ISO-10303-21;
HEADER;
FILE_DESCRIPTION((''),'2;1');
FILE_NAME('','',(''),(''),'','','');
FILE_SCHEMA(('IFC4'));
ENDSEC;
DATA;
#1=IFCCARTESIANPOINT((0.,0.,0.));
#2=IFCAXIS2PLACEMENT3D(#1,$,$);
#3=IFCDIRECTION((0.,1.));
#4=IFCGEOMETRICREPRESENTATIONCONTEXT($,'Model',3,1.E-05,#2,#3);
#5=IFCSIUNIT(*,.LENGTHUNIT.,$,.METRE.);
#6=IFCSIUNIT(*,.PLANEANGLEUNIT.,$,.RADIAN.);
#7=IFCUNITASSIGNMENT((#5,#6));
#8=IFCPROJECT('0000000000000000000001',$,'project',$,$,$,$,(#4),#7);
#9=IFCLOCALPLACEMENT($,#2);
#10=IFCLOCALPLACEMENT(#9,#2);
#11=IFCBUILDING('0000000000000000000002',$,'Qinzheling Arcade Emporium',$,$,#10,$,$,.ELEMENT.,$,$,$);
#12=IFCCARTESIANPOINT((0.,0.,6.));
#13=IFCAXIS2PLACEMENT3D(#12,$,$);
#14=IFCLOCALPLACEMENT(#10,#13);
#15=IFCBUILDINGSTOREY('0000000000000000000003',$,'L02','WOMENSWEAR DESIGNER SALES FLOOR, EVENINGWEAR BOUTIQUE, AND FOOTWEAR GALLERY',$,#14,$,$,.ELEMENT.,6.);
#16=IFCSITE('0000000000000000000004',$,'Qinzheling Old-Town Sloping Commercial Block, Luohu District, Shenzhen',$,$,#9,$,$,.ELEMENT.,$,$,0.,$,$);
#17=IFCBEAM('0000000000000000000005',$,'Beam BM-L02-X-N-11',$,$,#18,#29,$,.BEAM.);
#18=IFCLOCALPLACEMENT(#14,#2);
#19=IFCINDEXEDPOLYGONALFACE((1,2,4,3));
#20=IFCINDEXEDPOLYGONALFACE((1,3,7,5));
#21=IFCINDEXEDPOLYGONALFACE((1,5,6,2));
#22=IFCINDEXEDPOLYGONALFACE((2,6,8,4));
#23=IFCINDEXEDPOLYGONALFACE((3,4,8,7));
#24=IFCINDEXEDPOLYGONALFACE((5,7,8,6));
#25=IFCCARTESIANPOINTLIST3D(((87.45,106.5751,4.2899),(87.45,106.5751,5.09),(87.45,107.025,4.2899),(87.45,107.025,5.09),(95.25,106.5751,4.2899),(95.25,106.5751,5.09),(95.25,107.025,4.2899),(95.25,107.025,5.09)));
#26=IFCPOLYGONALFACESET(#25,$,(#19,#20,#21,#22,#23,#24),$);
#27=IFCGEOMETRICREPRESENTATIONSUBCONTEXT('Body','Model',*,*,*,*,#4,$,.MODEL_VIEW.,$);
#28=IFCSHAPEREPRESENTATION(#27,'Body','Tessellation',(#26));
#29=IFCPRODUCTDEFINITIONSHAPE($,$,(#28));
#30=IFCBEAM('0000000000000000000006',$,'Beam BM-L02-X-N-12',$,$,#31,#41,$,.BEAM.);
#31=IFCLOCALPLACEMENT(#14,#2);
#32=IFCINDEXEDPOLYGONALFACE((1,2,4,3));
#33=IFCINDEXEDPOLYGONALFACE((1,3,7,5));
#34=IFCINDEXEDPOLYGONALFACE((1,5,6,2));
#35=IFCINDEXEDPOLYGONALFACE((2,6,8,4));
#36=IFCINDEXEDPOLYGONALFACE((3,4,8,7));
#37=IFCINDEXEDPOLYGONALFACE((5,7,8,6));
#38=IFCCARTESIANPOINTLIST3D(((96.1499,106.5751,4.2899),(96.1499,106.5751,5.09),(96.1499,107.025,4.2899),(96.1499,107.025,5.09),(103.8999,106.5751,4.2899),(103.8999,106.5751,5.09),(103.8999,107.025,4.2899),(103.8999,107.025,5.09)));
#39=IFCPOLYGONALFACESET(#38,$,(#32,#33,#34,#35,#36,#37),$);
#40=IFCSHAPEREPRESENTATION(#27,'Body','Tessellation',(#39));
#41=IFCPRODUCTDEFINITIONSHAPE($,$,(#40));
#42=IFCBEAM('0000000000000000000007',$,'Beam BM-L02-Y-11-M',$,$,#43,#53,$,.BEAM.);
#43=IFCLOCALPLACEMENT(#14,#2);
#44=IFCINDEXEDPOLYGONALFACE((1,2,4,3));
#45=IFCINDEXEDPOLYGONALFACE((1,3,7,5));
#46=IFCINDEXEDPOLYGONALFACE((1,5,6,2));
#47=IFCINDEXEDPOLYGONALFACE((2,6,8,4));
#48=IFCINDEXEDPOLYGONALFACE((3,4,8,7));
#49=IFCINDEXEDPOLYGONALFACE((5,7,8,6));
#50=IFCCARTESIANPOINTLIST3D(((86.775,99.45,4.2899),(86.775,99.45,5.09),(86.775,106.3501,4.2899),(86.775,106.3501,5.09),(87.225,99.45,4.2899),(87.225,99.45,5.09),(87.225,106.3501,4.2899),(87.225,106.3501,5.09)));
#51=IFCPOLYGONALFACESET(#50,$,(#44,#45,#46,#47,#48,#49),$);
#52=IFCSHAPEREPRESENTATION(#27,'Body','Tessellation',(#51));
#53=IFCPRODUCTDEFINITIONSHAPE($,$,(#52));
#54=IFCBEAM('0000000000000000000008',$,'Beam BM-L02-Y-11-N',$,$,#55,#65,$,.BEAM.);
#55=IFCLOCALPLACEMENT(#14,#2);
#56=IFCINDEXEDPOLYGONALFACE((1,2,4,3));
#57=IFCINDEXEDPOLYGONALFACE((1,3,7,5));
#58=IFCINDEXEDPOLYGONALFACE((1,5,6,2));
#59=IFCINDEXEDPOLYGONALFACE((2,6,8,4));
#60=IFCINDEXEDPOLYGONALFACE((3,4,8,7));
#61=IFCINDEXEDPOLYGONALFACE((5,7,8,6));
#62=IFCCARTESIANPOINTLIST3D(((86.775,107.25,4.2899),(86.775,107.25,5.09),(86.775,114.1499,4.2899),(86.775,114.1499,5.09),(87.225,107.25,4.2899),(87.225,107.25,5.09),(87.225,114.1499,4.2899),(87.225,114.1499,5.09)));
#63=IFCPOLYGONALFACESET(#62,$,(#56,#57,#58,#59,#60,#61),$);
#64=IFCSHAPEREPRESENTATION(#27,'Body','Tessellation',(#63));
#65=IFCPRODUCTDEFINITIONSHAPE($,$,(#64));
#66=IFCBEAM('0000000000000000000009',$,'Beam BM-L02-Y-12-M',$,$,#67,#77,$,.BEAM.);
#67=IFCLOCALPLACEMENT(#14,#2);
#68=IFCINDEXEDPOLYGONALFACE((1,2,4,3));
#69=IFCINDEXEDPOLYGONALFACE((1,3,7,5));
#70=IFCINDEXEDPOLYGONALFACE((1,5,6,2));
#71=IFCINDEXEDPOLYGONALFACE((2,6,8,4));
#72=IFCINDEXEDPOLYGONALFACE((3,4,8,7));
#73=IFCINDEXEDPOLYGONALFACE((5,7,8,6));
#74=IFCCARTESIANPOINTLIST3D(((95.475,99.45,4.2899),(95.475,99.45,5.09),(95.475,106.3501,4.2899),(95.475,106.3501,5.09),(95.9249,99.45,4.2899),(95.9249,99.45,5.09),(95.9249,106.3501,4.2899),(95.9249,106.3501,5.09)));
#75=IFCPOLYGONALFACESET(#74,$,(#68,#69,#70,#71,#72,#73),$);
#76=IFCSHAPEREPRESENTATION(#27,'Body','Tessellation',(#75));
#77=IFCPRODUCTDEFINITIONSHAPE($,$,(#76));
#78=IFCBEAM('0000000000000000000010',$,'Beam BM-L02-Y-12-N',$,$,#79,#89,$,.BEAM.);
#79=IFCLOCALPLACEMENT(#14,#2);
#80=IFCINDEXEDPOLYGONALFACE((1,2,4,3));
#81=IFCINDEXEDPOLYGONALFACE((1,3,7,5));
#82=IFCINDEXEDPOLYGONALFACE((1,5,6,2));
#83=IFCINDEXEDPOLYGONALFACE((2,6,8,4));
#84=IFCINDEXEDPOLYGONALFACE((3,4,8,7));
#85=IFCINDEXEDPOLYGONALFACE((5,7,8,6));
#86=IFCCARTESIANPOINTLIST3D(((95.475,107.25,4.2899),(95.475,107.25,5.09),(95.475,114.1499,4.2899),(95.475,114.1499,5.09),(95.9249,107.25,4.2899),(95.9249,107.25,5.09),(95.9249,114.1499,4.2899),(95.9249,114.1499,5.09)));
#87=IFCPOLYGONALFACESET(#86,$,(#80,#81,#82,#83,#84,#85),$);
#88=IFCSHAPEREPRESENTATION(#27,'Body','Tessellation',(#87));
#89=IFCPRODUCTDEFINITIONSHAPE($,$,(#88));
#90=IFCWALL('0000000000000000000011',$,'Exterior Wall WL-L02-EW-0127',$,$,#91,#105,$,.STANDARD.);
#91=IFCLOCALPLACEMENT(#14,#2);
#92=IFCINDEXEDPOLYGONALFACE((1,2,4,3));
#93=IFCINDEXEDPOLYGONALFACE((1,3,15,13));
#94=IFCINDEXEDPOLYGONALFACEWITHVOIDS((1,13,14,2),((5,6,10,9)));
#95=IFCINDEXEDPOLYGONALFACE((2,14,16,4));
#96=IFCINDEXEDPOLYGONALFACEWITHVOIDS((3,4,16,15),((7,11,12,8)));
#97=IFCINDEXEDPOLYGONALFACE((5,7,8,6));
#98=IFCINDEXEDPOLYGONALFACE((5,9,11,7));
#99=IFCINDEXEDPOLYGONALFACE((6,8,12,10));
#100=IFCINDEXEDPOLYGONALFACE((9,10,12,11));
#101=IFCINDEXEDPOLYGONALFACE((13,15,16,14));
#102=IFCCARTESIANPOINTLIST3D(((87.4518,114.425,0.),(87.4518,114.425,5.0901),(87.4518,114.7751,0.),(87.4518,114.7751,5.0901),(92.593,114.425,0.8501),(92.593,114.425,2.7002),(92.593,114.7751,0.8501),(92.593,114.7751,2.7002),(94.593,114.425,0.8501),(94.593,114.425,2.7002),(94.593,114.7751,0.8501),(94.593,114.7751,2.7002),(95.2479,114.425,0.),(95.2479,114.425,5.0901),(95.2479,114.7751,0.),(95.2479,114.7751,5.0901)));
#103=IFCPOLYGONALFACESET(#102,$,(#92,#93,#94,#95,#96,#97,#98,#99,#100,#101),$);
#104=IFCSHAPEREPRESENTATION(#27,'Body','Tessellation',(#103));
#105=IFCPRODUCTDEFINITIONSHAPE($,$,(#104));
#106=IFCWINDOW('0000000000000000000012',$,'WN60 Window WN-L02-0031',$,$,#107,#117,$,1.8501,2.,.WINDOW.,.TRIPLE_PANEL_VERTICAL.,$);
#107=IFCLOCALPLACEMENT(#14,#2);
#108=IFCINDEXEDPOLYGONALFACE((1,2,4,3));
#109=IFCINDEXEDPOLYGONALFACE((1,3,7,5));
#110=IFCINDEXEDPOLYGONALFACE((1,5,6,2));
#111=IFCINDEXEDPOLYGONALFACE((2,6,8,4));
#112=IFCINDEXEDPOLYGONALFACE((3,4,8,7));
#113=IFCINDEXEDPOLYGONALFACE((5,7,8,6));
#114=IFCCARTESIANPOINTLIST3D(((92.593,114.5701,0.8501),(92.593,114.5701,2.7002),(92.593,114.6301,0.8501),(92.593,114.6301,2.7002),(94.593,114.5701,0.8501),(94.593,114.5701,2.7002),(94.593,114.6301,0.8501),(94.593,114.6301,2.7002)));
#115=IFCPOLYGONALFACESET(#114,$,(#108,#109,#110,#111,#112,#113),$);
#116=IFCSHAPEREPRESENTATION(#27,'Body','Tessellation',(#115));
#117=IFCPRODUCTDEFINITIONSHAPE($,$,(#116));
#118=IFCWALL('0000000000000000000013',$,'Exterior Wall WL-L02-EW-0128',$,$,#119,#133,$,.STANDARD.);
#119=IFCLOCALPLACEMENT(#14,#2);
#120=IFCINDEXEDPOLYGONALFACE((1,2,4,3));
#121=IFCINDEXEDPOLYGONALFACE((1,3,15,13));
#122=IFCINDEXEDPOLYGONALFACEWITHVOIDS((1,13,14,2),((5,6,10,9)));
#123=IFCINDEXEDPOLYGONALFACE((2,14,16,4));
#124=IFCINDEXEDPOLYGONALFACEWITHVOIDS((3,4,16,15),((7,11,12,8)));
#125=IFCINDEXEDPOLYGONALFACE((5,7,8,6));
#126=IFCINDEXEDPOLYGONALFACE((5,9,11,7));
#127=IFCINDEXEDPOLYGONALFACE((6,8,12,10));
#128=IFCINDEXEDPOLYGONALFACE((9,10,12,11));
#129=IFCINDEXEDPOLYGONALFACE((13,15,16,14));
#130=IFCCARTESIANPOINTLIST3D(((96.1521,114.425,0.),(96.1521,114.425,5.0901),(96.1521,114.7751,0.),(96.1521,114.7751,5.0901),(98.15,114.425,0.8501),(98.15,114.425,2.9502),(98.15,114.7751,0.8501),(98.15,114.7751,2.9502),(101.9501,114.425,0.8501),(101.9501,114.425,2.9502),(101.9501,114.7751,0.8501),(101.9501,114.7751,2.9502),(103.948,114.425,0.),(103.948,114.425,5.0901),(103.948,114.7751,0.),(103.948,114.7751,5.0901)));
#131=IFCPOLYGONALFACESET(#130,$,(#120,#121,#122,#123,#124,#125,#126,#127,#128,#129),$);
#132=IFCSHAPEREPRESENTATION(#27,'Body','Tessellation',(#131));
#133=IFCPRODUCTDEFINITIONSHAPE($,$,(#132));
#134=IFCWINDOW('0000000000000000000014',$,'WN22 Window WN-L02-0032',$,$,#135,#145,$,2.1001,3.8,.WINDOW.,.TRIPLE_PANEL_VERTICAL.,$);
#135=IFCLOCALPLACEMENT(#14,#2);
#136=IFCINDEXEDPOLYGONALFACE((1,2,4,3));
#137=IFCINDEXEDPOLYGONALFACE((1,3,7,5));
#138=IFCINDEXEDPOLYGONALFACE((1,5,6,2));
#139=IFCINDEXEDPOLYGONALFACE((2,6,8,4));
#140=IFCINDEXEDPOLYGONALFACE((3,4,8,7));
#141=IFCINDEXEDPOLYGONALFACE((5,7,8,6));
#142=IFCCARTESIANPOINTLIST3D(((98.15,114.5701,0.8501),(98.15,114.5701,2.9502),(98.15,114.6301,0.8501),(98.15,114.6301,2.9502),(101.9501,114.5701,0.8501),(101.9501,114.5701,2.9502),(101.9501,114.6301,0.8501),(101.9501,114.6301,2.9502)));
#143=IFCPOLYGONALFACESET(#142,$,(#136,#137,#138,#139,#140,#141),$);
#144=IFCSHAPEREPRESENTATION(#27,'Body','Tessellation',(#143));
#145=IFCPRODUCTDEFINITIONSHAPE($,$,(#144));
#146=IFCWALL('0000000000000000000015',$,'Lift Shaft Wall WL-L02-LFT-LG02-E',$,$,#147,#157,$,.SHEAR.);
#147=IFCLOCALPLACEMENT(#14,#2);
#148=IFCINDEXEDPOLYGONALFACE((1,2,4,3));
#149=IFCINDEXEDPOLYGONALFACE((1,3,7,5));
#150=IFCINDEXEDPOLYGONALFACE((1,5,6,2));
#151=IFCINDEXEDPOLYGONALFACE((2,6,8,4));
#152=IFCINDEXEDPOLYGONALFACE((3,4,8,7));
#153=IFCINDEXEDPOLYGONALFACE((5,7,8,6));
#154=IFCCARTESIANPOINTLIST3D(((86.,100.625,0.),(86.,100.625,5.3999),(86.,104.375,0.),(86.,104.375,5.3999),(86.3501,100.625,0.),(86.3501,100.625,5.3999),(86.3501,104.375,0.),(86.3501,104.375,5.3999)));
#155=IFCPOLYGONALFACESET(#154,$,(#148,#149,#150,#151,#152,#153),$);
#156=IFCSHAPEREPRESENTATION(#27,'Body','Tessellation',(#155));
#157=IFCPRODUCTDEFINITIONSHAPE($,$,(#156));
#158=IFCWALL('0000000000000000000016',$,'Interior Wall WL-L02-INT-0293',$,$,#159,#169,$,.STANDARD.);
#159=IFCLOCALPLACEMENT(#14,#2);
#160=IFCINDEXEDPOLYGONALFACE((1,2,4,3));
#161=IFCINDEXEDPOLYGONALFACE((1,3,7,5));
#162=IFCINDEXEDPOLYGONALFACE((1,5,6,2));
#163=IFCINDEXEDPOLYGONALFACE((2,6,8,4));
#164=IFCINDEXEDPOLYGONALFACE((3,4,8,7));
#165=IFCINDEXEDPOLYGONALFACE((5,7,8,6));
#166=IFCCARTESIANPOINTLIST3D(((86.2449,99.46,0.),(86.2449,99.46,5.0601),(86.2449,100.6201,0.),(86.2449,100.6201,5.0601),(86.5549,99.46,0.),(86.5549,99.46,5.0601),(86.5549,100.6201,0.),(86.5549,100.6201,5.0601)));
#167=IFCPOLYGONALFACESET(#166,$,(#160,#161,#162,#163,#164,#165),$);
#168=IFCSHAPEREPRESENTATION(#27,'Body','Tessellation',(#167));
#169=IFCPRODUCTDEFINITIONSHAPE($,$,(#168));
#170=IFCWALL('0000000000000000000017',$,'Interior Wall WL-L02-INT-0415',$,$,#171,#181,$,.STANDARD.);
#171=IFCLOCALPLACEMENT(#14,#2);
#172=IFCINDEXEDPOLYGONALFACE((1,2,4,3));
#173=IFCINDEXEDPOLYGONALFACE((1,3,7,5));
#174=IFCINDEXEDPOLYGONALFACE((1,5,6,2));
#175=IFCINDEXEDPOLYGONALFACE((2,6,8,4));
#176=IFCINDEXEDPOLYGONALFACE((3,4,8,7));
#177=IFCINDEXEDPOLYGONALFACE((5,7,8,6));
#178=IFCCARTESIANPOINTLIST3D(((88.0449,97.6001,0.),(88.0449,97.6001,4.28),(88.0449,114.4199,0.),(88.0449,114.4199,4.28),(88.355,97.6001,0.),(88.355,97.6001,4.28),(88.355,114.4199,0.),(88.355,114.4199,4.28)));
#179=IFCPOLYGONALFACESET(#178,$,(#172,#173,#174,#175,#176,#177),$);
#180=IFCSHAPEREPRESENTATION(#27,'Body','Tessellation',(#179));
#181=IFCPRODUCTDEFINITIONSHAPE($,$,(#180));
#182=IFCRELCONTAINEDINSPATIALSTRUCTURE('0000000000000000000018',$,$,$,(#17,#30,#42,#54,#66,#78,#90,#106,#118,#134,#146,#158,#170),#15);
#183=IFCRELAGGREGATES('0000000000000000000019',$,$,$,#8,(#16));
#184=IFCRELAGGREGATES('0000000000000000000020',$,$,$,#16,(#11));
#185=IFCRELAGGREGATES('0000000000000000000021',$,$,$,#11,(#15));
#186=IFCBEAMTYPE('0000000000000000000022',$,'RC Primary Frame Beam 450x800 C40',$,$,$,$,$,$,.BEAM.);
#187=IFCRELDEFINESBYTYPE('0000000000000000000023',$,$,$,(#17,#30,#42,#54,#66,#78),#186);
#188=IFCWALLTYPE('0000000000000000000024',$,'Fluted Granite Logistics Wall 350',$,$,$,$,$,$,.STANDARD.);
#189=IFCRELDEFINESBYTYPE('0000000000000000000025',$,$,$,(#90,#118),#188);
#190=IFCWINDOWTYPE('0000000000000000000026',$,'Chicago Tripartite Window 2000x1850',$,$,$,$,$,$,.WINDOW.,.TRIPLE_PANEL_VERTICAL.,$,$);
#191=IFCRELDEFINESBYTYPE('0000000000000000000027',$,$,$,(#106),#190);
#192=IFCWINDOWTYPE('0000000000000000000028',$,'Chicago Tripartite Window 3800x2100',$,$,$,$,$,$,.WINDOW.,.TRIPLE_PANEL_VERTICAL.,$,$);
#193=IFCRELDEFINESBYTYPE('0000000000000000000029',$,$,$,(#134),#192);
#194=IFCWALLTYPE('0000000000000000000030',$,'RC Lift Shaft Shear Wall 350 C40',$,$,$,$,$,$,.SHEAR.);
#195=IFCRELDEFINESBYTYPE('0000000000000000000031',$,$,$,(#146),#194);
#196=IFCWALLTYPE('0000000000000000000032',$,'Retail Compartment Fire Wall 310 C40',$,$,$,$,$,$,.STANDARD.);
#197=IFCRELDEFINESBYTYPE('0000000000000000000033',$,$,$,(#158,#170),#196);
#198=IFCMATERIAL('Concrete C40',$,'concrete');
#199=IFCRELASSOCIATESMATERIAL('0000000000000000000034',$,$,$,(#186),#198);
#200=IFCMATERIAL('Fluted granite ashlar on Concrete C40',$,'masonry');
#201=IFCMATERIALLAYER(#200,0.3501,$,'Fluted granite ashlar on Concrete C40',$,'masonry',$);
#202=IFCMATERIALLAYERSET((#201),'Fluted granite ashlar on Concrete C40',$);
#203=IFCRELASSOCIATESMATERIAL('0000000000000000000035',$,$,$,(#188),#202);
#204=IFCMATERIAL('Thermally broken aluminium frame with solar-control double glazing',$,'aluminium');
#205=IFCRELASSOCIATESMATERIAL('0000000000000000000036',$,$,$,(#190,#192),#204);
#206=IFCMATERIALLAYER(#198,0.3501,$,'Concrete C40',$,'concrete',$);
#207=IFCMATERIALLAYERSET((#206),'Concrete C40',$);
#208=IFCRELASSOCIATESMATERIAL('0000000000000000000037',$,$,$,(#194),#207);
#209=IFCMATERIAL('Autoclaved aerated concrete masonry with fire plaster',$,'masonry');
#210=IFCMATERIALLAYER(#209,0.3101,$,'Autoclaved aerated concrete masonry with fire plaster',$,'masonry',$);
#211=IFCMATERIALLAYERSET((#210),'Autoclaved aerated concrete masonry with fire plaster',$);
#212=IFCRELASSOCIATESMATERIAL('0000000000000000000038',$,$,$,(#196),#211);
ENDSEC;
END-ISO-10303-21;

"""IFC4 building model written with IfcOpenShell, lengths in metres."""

from ifc_helpers import new_model, si_unit, direction, frame, frame_2d, origin, origin_2d, place, context, subcontext, project, spatial, rectangle, extrude, material, layer, layer_set, material_profile, profile_set, type_object, element, fill, save


model = new_model("IFC4")

# Units and contexts
model_context = context("Model", 3, precision=1e-05, world=origin(), true_north=direction((0.0, 1.0)))
body_context = subcontext(model_context, "Body", "Model", "MODEL_VIEW")
ifc_project = project(units=[si_unit("LENGTHUNIT", "METRE"), si_unit("PLANEANGLEUNIT", "RADIAN")], contexts=[model_context])

# Site, building, storey
site_placement = place(None, origin())
site = spatial("IfcSite", under=ifc_project, at=site_placement, Name="Qinzheling Old-Town Sloping Commercial Block, Luohu District, Shenzhen", CompositionType="ELEMENT", RefElevation=0.0)
building_placement = place(site_placement, origin())
building = spatial("IfcBuilding", under=site, at=building_placement, Name="Qinzheling Arcade Emporium", CompositionType="ELEMENT")
storey_placement = place(building_placement, frame((0.0, 0.0, 6.0)))
storey = spatial("IfcBuildingStorey", under=building, at=storey_placement, Name="L02", Description="WOMENSWEAR DESIGNER SALES FLOOR, EVENINGWEAR BOUTIQUE, AND FOOTWEAR GALLERY", CompositionType="ELEMENT", Elevation=6.0)

# Beams
ifc_material_1 = material(Name="Concrete C40", Category="concrete")
ifc_material_profile_1 = material_profile(ifc_material_1, rectangle(XDim=0.45, YDim=0.8, at=origin_2d()), Name="RC 450x800", Category="concrete")
ifc_profile_set_1 = profile_set([ifc_material_profile_1], Name="Concrete C40")
beam_type_1 = type_object("IfcBeamType", Name="RC Primary Frame Beam 450x800 C40", PredefinedType="BEAM", material=ifc_profile_set_1)
beam_1_placement = place(storey_placement, frame((87.45, 106.8, 4.6899), z_axis=(1.0, 0.0, 0.0), x_axis=(0.0, 1.0, 0.0)))
element("IfcBeam", 1, at=beam_1_placement, inside=storey, type_object=beam_type_1, Name="Beam BM-L02-X-N-11", PredefinedType="BEAM", context=body_context, shape_type="SweptSolid", body=[
    extrude(rectangle(XDim=0.45, YDim=0.8, at=origin_2d()), origin(), (0.0, 0.0, 1.0), 7.8),
])
beam_2_placement = place(storey_placement, frame((96.1499, 106.8, 4.6899), z_axis=(1.0, 0.0, 0.0), x_axis=(0.0, 1.0, 0.0)))
element("IfcBeam", 2, at=beam_2_placement, inside=storey, type_object=beam_type_1, Name="Beam BM-L02-X-N-12", PredefinedType="BEAM", context=body_context, shape_type="SweptSolid", body=[
    extrude(rectangle(XDim=0.45, YDim=0.8, at=origin_2d()), origin(), (0.0, 0.0, 1.0), 7.75),
])
beam_3_placement = place(storey_placement, frame((87.0, 99.45, 4.6899), z_axis=(0.0, 1.0, 0.0), x_axis=(-1.0, 0.0, 0.0)))
element("IfcBeam", 3, at=beam_3_placement, inside=storey, type_object=beam_type_1, Name="Beam BM-L02-Y-11-M", PredefinedType="BEAM", context=body_context, shape_type="SweptSolid", body=[
    extrude(rectangle(XDim=0.45, YDim=0.8, at=origin_2d()), origin(), (0.0, 0.0, 1.0), 6.9001),
])
beam_4_placement = place(storey_placement, frame((87.0, 107.25, 4.6899), z_axis=(0.0, 1.0, 0.0), x_axis=(-1.0, 0.0, 0.0)))
element("IfcBeam", 4, at=beam_4_placement, inside=storey, type_object=beam_type_1, Name="Beam BM-L02-Y-11-N", PredefinedType="BEAM", context=body_context, shape_type="SweptSolid", body=[
    extrude(rectangle(XDim=0.45, YDim=0.8, at=origin_2d()), origin(), (0.0, 0.0, 1.0), 6.8999),
])
beam_5_placement = place(storey_placement, frame((95.7, 99.45, 4.6899), z_axis=(0.0, 1.0, 0.0), x_axis=(-1.0, 0.0, 0.0)))
element("IfcBeam", 5, at=beam_5_placement, inside=storey, type_object=beam_type_1, Name="Beam BM-L02-Y-12-M", PredefinedType="BEAM", context=body_context, shape_type="SweptSolid", body=[
    extrude(rectangle(XDim=0.45, YDim=0.8, at=origin_2d()), origin(), (0.0, 0.0, 1.0), 6.9001),
])
beam_6_placement = place(storey_placement, frame((95.7, 107.25, 4.6899), z_axis=(0.0, 1.0, 0.0), x_axis=(-1.0, 0.0, 0.0)))
element("IfcBeam", 6, at=beam_6_placement, inside=storey, type_object=beam_type_1, Name="Beam BM-L02-Y-12-N", PredefinedType="BEAM", context=body_context, shape_type="SweptSolid", body=[
    extrude(rectangle(XDim=0.45, YDim=0.8, at=origin_2d()), origin(), (0.0, 0.0, 1.0), 6.8999),
])

# Walls, openings, windows
ifc_material_2 = material(Name="Fluted granite ashlar on Concrete C40", Category="masonry")
ifc_layer_1 = layer(ifc_material_2, 0.3501, Name="Fluted granite ashlar on Concrete C40", Category="masonry")
ifc_layer_set_1 = layer_set([ifc_layer_1], Name="Fluted granite ashlar on Concrete C40")
wall_type_1 = type_object("IfcWallType", Name="Fluted Granite Logistics Wall 350", PredefinedType="STANDARD", material=ifc_layer_set_1)
wall_1_placement = place(storey_placement, frame((87.4519, 114.6001, 0.0), z_axis=(0.0, 0.0, 1.0), x_axis=(1.0, 0.0, 0.0)))
wall_1 = element("IfcWall", 7, at=wall_1_placement, inside=storey, type_object=wall_type_1, Name="Exterior Wall WL-L02-EW-0127", PredefinedType="STANDARD", context=body_context, shape_type="SweptSolid", body=[
    extrude(rectangle(XDim=7.7961, YDim=0.3501, at=frame_2d((3.8979, 0.0))), origin(), (0.0, 0.0, 1.0), 5.0901),
])
opening_1_placement = place(wall_1_placement, frame((5.1411, 0.0, 0.8501)))
opening_1 = element("IfcOpeningElement", 8, at=opening_1_placement, cuts=wall_1, PredefinedType="OPENING", context=body_context, shape_type="SweptSolid", body=[
    extrude(rectangle(XDim=2.0, YDim=1.8501, at=frame_2d((1.0, 0.925))), frame((0.0, 0.1851, 0.0), z_axis=(0.0, -1.0, 0.0), x_axis=(1.0, 0.0, 0.0)), (0.0, 0.0, 1.0), 0.3701),
])
ifc_material_3 = material(Name="Thermally broken aluminium frame with solar-control double glazing", Category="aluminium")
window_type_1 = type_object("IfcWindowType", Name="Chicago Tripartite Window 2000x1850", PartitioningType="TRIPLE_PANEL_VERTICAL", PredefinedType="WINDOW", material=ifc_material_3)
window_1_placement = place(opening_1_placement, origin())
window_1 = element("IfcWindow", 9, at=window_1_placement, inside=storey, type_object=window_type_1, Name="WN60 Window WN-L02-0031", OverallHeight=1.8501, OverallWidth=2.0, PartitioningType="TRIPLE_PANEL_VERTICAL", PredefinedType="WINDOW", context=body_context, shape_type="SweptSolid", body=[
    extrude(rectangle(XDim=2.0, YDim=1.8501, at=frame_2d((1.0, 0.925))), frame((0.0, 0.03, 0.0), z_axis=(0.0, -1.0, 0.0), x_axis=(1.0, 0.0, 0.0)), (0.0, 0.0, 1.0), 0.0601),
])
fill(opening_1, window_1)
wall_2_placement = place(storey_placement, frame((96.1521, 114.6001, 0.0), z_axis=(0.0, 0.0, 1.0), x_axis=(1.0, 0.0, 0.0)))
wall_2 = element("IfcWall", 10, at=wall_2_placement, inside=storey, type_object=wall_type_1, Name="Exterior Wall WL-L02-EW-0128", PredefinedType="STANDARD", context=body_context, shape_type="SweptSolid", body=[
    extrude(rectangle(XDim=7.7959, YDim=0.3501, at=frame_2d((3.8979, 0.0))), origin(), (0.0, 0.0, 1.0), 5.0901),
])
opening_2_placement = place(wall_2_placement, frame((1.998, 0.0, 0.8501)))
opening_2 = element("IfcOpeningElement", 11, at=opening_2_placement, cuts=wall_2, PredefinedType="OPENING", context=body_context, shape_type="SweptSolid", body=[
    extrude(rectangle(XDim=3.8, YDim=2.1001, at=frame_2d((1.8999, 1.05))), frame((0.0, 0.1851, 0.0), z_axis=(0.0, -1.0, 0.0), x_axis=(1.0, 0.0, 0.0)), (0.0, 0.0, 1.0), 0.3701),
])
window_type_2 = type_object("IfcWindowType", Name="Chicago Tripartite Window 3800x2100", PartitioningType="TRIPLE_PANEL_VERTICAL", PredefinedType="WINDOW", material=ifc_material_3)
window_2_placement = place(opening_2_placement, origin())
window_2 = element("IfcWindow", 12, at=window_2_placement, inside=storey, type_object=window_type_2, Name="WN22 Window WN-L02-0032", OverallHeight=2.1001, OverallWidth=3.8, PartitioningType="TRIPLE_PANEL_VERTICAL", PredefinedType="WINDOW", context=body_context, shape_type="SweptSolid", body=[
    extrude(rectangle(XDim=3.8, YDim=2.1001, at=frame_2d((1.8999, 1.05))), frame((0.0, 0.03, 0.0), z_axis=(0.0, -1.0, 0.0), x_axis=(1.0, 0.0, 0.0)), (0.0, 0.0, 1.0), 0.0601),
])
fill(opening_2, window_2)

# Walls
ifc_layer_2 = layer(ifc_material_1, 0.3501, Name="Concrete C40", Category="concrete")
ifc_layer_set_2 = layer_set([ifc_layer_2], Name="Concrete C40")
wall_type_2 = type_object("IfcWallType", Name="RC Lift Shaft Shear Wall 350 C40", PredefinedType="SHEAR", material=ifc_layer_set_2)
wall_3_placement = place(storey_placement, frame((86.175, 104.375, 0.0), z_axis=(0.0, 0.0, 1.0), x_axis=(0.0, -1.0, 0.0)))
element("IfcWall", 13, at=wall_3_placement, inside=storey, type_object=wall_type_2, Name="Lift Shaft Wall WL-L02-LFT-LG02-E", PredefinedType="SHEAR", context=body_context, shape_type="SweptSolid", body=[
    extrude(rectangle(XDim=3.75, YDim=0.3501, at=frame_2d((1.875, 0.0))), origin(), (0.0, 0.0, 1.0), 5.3999),
])
ifc_material_4 = material(Name="Autoclaved aerated concrete masonry with fire plaster", Category="masonry")
ifc_layer_3 = layer(ifc_material_4, 0.3101, Name="Autoclaved aerated concrete masonry with fire plaster", Category="masonry")
ifc_layer_set_3 = layer_set([ifc_layer_3], Name="Autoclaved aerated concrete masonry with fire plaster")
wall_type_3 = type_object("IfcWallType", Name="Retail Compartment Fire Wall 310 C40", PredefinedType="STANDARD", material=ifc_layer_set_3)
wall_4_placement = place(storey_placement, frame((86.3999, 100.6201, 0.0), z_axis=(0.0, 0.0, 1.0), x_axis=(0.0, -1.0, 0.0)))
element("IfcWall", 14, at=wall_4_placement, inside=storey, type_object=wall_type_3, Name="Interior Wall WL-L02-INT-0293", PredefinedType="STANDARD", context=body_context, shape_type="SweptSolid", body=[
    extrude(rectangle(XDim=1.1602, YDim=0.3101, at=frame_2d((0.5801, 0.0))), origin(), (0.0, 0.0, 1.0), 5.0601),
])
wall_5_placement = place(storey_placement, frame((88.2, 114.4199, 0.0), z_axis=(0.0, 0.0, 1.0), x_axis=(0.0, -1.0, 0.0)))
element("IfcWall", 15, at=wall_5_placement, inside=storey, type_object=wall_type_3, Name="Interior Wall WL-L02-INT-0415", PredefinedType="STANDARD", context=body_context, shape_type="SweptSolid", body=[
    extrude(rectangle(XDim=16.8198, YDim=0.3101, at=frame_2d((8.4099, 0.0))), origin(), (0.0, 0.0, 1.0), 4.28),
])

save(model, "model.ifc")
